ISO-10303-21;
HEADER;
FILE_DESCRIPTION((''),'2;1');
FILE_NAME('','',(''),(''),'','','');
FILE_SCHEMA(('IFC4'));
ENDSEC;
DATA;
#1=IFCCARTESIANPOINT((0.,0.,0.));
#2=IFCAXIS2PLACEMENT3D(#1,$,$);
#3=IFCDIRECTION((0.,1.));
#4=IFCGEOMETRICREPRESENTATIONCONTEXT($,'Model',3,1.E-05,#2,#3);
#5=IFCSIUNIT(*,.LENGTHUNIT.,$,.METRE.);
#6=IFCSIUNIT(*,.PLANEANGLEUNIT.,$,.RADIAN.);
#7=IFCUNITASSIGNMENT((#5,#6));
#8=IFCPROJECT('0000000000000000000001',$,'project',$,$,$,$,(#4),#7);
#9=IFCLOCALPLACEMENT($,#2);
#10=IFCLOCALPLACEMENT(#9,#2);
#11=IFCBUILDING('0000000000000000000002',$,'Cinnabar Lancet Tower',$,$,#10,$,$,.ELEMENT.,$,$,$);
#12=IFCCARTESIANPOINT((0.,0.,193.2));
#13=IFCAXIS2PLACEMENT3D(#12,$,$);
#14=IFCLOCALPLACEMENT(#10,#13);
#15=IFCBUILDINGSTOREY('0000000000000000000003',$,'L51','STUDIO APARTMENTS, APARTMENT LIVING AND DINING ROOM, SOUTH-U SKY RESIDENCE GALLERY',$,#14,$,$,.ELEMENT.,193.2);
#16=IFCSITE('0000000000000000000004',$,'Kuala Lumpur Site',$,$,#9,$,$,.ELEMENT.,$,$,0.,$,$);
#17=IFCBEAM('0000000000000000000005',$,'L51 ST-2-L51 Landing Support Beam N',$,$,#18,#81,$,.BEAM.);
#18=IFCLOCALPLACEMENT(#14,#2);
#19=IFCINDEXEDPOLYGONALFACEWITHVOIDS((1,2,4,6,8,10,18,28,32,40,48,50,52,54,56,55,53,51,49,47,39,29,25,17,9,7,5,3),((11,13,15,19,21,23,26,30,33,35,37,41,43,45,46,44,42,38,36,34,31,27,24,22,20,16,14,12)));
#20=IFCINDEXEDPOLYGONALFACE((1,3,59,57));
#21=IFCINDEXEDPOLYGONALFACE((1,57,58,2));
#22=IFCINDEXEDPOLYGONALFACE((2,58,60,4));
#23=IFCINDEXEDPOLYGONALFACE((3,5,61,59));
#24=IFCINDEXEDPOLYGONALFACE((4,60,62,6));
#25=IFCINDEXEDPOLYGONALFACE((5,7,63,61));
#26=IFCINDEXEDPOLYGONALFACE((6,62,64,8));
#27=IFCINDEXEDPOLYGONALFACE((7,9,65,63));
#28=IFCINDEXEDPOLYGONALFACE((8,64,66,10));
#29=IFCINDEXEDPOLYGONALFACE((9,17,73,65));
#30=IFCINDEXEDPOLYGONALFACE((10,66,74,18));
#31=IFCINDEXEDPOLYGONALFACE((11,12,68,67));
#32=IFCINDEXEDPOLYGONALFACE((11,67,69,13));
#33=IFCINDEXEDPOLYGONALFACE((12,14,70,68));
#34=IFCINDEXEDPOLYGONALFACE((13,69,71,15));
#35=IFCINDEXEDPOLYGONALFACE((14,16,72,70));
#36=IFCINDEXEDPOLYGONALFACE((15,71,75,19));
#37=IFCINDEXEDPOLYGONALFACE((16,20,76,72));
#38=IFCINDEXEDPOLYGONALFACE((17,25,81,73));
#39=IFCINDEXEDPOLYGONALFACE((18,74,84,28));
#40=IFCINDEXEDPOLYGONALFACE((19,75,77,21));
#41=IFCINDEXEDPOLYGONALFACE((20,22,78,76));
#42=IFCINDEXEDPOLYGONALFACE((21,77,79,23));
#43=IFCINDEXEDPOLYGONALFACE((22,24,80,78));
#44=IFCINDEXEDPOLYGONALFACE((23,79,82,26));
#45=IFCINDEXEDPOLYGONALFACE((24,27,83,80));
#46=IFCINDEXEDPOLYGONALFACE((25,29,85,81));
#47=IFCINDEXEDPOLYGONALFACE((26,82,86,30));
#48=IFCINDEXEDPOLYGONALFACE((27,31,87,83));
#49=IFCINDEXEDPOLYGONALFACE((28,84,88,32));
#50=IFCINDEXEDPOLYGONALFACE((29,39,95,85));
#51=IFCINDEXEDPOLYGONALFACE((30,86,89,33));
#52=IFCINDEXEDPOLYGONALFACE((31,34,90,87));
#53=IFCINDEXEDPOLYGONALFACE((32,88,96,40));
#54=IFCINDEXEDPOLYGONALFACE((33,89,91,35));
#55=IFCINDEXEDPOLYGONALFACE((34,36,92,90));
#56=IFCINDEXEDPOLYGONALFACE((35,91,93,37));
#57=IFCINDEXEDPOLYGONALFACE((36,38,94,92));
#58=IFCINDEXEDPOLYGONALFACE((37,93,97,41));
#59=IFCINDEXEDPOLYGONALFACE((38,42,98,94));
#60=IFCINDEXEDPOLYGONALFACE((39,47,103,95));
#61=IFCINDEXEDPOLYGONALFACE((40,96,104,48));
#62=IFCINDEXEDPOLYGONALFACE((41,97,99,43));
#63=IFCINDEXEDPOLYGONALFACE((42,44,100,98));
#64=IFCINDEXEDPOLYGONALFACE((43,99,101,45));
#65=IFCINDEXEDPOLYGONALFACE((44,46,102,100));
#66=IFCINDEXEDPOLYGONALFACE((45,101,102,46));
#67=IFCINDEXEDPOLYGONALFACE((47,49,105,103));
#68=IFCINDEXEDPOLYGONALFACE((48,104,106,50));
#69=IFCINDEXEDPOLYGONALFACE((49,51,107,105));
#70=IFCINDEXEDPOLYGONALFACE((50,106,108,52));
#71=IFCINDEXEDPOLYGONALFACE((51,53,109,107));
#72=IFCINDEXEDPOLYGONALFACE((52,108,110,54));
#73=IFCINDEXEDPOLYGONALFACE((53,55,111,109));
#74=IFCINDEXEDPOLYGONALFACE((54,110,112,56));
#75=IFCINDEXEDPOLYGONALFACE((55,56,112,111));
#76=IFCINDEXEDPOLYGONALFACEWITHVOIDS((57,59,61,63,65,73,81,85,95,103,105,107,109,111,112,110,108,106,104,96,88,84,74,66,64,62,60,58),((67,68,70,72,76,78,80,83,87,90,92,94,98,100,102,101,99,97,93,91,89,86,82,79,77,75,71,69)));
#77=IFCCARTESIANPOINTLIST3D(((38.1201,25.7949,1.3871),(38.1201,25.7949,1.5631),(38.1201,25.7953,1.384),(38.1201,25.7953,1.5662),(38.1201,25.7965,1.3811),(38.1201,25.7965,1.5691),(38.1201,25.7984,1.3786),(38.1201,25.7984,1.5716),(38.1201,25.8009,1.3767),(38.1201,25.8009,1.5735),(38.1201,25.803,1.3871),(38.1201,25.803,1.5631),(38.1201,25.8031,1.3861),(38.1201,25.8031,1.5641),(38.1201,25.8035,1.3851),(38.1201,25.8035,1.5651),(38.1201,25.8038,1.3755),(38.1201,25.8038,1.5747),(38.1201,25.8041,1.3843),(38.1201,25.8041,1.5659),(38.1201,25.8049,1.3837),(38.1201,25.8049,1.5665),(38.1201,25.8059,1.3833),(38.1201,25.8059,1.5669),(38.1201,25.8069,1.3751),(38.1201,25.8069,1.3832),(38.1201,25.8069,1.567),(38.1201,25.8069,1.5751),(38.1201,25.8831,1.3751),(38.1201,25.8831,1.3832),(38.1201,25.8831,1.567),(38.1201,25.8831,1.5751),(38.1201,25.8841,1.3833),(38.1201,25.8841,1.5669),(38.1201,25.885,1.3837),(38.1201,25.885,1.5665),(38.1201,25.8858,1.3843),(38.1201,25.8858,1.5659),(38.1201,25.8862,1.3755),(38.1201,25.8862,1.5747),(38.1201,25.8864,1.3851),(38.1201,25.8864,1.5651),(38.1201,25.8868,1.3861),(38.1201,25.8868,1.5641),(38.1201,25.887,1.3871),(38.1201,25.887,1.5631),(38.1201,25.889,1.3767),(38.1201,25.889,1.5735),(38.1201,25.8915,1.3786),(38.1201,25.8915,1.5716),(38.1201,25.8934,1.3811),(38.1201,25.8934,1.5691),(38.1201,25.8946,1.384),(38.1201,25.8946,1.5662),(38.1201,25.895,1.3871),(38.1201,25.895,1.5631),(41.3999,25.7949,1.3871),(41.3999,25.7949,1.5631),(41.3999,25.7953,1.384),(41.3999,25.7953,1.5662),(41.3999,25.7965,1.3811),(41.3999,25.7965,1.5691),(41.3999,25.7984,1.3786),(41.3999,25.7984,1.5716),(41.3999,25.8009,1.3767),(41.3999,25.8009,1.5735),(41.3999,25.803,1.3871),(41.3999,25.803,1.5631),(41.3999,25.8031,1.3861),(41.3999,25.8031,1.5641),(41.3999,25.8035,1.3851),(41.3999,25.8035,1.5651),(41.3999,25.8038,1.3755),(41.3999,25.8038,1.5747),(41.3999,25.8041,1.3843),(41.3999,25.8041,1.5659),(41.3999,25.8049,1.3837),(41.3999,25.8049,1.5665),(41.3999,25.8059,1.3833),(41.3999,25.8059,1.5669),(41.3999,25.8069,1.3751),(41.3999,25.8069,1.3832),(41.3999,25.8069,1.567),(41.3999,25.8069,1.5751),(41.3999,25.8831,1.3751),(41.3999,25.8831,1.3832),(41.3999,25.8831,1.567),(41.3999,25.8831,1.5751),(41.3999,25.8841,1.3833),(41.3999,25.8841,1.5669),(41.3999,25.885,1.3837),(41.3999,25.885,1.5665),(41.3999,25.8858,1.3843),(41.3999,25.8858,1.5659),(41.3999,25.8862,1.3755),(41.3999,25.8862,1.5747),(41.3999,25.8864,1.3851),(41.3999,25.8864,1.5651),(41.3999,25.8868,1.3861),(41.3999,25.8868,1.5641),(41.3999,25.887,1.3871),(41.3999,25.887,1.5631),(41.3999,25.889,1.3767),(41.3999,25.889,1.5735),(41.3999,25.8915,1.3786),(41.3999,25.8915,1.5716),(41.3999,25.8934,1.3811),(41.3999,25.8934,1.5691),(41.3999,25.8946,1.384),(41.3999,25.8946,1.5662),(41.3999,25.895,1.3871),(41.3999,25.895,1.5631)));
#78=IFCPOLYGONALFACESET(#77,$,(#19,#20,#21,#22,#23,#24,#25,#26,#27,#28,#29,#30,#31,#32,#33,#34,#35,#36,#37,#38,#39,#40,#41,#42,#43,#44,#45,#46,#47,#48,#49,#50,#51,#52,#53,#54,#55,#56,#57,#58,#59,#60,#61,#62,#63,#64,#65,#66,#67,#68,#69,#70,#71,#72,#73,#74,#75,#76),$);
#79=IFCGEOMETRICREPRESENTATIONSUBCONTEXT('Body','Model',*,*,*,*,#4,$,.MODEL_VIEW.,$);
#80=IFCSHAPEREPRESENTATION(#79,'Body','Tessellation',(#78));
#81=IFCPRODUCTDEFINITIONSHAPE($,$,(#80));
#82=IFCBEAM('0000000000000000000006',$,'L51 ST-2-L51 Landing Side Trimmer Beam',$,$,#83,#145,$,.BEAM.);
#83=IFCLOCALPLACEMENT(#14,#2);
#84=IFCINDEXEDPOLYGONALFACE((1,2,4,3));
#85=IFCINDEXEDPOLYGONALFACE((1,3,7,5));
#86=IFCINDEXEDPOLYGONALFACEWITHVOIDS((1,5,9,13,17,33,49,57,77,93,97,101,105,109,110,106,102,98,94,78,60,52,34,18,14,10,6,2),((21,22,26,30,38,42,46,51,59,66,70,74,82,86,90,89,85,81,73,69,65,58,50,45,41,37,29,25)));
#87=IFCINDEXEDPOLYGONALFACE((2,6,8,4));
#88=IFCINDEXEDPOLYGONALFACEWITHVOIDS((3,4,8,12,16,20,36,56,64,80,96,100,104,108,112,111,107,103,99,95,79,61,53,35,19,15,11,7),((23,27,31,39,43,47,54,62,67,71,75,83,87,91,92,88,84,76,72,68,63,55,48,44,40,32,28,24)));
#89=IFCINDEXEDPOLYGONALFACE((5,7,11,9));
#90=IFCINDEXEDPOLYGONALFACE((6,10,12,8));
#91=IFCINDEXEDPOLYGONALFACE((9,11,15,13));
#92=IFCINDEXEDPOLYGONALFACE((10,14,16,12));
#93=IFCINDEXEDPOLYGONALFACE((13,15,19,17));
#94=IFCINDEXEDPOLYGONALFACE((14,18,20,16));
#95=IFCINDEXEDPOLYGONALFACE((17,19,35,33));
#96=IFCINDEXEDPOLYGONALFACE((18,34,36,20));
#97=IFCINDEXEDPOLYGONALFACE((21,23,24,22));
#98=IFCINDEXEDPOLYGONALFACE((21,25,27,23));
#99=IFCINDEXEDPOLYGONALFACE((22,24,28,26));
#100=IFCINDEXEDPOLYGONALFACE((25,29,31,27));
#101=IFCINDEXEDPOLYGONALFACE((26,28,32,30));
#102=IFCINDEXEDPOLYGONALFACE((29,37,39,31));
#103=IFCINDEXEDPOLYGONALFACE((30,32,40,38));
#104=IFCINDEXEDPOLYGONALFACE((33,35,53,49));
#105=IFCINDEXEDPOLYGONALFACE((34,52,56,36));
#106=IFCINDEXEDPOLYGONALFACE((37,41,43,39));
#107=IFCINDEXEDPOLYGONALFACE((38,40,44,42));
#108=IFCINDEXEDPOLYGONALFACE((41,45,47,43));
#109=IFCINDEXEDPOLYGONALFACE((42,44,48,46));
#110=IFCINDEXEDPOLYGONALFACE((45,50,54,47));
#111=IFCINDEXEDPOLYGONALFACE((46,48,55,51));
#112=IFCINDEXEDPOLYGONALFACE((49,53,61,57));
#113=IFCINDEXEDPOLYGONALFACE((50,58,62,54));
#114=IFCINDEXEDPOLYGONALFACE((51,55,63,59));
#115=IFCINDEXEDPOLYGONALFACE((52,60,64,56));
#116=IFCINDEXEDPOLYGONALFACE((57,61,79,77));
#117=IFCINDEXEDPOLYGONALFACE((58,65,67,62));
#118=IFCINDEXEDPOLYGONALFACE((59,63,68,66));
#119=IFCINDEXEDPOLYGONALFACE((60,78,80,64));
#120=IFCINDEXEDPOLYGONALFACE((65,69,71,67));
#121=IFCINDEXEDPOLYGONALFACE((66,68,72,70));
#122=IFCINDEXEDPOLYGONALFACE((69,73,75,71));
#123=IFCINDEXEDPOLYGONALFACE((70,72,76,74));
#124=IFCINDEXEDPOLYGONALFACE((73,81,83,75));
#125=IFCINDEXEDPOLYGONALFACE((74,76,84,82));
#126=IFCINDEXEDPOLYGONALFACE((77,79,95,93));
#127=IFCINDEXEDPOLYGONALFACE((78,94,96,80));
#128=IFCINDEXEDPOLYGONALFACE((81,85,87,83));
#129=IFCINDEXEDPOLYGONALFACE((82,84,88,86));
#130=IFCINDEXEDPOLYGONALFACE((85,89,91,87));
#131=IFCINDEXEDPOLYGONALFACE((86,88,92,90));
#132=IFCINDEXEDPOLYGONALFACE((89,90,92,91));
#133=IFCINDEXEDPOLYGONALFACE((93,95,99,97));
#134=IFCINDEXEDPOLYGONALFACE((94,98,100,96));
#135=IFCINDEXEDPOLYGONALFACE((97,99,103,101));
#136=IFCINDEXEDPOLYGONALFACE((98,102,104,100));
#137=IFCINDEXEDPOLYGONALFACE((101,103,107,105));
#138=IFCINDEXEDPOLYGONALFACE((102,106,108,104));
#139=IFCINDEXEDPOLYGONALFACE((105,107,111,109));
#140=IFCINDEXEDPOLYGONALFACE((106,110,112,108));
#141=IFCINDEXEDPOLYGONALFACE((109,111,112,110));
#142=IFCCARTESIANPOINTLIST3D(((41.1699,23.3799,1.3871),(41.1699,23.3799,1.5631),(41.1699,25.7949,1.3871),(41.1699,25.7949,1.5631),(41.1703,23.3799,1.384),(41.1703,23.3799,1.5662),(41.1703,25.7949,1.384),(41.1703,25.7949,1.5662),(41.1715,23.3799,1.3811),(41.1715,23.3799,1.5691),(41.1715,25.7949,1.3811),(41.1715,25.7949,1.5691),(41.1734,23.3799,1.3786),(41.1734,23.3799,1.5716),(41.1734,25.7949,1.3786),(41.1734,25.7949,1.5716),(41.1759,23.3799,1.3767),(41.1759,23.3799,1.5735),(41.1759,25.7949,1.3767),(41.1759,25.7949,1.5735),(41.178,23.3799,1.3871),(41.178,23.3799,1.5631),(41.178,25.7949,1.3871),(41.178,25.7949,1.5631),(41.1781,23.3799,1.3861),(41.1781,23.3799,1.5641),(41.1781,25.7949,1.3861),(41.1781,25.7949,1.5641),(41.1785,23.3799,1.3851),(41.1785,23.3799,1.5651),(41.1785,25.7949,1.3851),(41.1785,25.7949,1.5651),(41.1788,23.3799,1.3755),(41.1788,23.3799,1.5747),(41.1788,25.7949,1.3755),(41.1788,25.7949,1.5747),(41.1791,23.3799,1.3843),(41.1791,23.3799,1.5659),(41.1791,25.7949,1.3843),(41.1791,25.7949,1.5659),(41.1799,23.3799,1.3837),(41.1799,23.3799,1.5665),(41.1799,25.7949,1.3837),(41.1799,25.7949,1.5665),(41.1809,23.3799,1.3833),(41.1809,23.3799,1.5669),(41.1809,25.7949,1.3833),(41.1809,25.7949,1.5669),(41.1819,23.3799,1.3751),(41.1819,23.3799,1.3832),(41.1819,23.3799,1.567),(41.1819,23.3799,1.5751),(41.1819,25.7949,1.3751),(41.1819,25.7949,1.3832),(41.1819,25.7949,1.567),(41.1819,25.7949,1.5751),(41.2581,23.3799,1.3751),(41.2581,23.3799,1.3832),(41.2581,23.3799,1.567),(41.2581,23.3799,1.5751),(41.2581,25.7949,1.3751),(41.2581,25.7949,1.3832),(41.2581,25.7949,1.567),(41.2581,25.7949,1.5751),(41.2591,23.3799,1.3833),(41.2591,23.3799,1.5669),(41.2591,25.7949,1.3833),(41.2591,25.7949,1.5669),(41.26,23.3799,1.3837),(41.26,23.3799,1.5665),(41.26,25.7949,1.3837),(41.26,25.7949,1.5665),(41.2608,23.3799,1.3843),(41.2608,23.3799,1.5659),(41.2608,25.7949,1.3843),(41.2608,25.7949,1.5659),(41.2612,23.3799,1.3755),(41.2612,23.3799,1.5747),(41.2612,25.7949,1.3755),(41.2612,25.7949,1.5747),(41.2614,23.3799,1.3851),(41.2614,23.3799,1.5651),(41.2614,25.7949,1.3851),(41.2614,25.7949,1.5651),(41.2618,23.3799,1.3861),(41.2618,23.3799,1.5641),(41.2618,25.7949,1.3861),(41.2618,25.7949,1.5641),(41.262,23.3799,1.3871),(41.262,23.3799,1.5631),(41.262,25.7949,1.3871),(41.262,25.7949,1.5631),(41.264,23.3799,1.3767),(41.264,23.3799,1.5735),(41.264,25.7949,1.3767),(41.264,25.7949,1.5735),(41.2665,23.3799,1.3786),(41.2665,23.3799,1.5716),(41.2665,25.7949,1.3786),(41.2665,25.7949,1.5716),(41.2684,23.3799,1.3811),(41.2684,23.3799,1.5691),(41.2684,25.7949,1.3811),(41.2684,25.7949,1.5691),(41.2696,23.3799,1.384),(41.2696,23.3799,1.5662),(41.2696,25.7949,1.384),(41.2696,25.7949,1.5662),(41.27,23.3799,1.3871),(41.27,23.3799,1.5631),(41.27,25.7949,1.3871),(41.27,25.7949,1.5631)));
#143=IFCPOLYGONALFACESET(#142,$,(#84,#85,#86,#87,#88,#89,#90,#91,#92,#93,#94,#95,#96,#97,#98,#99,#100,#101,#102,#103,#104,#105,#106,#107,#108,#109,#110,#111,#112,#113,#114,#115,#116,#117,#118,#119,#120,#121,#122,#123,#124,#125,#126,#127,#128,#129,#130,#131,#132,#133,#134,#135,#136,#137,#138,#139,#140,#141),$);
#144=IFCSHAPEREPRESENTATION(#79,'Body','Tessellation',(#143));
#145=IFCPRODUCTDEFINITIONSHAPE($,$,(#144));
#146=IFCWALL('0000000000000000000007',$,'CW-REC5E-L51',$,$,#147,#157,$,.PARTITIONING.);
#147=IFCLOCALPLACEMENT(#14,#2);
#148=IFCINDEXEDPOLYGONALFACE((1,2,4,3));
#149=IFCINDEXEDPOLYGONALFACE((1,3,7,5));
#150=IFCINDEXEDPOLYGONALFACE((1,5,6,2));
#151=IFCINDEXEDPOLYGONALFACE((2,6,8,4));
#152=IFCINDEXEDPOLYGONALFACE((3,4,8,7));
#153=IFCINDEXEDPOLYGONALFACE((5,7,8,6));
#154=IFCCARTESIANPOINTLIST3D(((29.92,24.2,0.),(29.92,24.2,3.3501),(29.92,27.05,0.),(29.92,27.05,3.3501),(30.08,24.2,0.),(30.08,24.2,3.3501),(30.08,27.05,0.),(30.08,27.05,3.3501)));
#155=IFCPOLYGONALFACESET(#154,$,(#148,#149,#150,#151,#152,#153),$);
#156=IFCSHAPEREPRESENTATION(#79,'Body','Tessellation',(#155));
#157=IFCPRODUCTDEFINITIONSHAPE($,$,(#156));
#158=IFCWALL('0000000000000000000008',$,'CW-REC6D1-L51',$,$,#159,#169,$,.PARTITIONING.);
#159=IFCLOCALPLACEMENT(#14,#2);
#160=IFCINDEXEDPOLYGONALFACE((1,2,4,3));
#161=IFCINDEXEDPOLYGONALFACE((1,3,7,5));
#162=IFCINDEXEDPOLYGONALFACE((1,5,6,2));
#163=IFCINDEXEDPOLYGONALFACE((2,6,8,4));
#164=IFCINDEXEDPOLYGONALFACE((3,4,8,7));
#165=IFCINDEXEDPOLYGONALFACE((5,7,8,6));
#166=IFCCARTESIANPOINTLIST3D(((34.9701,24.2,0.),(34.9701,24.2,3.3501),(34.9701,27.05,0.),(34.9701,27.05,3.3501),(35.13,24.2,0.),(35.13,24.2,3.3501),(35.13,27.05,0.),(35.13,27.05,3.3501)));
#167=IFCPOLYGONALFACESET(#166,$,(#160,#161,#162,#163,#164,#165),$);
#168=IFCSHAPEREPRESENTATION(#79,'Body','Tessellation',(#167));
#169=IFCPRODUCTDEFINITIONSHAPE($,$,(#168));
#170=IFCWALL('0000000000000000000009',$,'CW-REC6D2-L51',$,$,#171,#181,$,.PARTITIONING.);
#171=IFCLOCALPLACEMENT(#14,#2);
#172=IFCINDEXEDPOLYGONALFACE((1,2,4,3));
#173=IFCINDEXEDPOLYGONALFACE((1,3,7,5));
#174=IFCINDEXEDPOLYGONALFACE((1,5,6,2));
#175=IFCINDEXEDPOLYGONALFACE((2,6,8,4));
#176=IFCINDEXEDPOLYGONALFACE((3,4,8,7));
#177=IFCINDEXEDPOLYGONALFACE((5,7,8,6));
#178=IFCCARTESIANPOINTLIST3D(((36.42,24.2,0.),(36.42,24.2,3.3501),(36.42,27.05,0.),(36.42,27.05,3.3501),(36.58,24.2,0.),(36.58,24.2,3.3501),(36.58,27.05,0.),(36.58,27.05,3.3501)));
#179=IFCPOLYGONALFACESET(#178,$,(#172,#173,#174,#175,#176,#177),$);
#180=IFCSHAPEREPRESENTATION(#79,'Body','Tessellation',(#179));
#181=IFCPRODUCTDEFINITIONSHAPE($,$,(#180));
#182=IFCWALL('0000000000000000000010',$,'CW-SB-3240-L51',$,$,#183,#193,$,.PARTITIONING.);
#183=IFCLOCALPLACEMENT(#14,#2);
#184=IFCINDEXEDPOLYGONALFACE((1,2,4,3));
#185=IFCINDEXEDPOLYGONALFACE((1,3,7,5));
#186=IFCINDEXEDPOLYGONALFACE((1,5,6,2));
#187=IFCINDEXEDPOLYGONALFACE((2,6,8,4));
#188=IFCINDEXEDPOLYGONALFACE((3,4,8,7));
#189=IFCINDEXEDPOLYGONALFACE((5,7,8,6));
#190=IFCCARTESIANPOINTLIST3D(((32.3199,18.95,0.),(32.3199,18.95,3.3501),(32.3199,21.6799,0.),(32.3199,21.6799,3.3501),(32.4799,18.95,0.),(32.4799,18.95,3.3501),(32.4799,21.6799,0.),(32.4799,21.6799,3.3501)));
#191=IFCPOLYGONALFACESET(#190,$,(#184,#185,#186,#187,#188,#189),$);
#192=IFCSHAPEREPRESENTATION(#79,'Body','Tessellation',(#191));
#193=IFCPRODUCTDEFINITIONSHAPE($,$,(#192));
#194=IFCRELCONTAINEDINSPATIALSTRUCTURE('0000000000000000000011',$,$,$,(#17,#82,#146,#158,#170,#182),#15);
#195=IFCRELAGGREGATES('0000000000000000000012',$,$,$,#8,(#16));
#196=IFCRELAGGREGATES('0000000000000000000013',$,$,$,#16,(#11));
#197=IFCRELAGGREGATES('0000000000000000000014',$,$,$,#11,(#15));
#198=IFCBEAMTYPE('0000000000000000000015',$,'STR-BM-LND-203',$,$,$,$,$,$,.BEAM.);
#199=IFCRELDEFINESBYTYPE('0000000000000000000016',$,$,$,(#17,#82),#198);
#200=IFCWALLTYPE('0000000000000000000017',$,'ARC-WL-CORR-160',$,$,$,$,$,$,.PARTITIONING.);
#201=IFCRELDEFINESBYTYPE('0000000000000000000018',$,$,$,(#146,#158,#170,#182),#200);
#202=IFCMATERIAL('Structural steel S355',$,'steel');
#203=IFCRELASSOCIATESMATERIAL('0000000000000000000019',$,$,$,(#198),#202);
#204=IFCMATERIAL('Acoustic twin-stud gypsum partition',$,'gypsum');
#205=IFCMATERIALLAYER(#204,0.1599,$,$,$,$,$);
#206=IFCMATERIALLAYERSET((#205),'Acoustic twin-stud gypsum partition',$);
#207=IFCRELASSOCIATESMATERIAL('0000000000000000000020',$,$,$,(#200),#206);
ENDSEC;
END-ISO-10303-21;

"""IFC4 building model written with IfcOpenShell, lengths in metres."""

from ifc_helpers import new_model, si_unit, direction, frame, frame_2d, origin, origin_2d, place, context, subcontext, project, spatial, rectangle, hollow_rectangle, extrude, material, layer, layer_set, material_profile, profile_set, type_object, element, save


model = new_model("IFC4")

# Units and contexts
model_context = context("Model", 3, precision=1e-05, world=origin(), true_north=direction((0.0, 1.0)))
body_context = subcontext(model_context, "Body", "Model", "MODEL_VIEW")
ifc_project = project(units=[si_unit("LENGTHUNIT", "METRE"), si_unit("PLANEANGLEUNIT", "RADIAN")], contexts=[model_context])

# Site, building, storey
site_placement = place(None, origin())
site = spatial("IfcSite", under=ifc_project, at=site_placement, Name="Kuala Lumpur Site", CompositionType="ELEMENT", RefElevation=0.0)
building_placement = place(site_placement, origin())
building = spatial("IfcBuilding", under=site, at=building_placement, Name="Cinnabar Lancet Tower", CompositionType="ELEMENT")
storey_placement = place(building_placement, frame((0.0, 0.0, 193.2)))
storey = spatial("IfcBuildingStorey", under=building, at=storey_placement, Name="L51", Description="STUDIO APARTMENTS, APARTMENT LIVING AND DINING ROOM, SOUTH-U SKY RESIDENCE GALLERY", CompositionType="ELEMENT", Elevation=193.2)

# Beams
ifc_material_1 = material(Name="Structural steel S355", Category="steel")
ifc_material_profile_1 = material_profile(ifc_material_1, hollow_rectangle(XDim=0.1001, YDim=0.2, WallThickness=0.0081, InnerFilletRadius=0.0039, OuterFilletRadius=0.012, at=origin_2d()), Name="RHS 200x100x8")
ifc_profile_set_1 = profile_set([ifc_material_profile_1], Name="Structural steel S355")
beam_type_1 = type_object("IfcBeamType", Name="STR-BM-LND-203", PredefinedType="BEAM", material=ifc_profile_set_1)
for number, where, z_axis, x_axis, name in (
    (1, (38.1201, 25.845, 1.4751), (1.0, 0.0, 0.0), (0.0, 1.0, 0.0), "L51 ST-2-L51 Landing Support Beam N"),
):
    element("IfcBeam", number, at=place(storey_placement, frame(where, z_axis=z_axis, x_axis=x_axis)), inside=storey, type_object=beam_type_1, Name=name, PredefinedType="BEAM", context=body_context, shape_type="SweptSolid", body=[
        extrude(hollow_rectangle(XDim=0.1001, YDim=0.2, WallThickness=0.0081, InnerFilletRadius=0.0039, OuterFilletRadius=0.012, at=origin_2d()), origin(), (0.0, 0.0, 1.0), 3.2798),
    ])
beam_1_placement = place(storey_placement, frame((41.22, 23.3799, 1.4751), z_axis=(0.0, 1.0, 0.0), x_axis=(-1.0, 0.0, 0.0)))
element("IfcBeam", 2, at=beam_1_placement, inside=storey, type_object=beam_type_1, Name="L51 ST-2-L51 Landing Side Trimmer Beam", PredefinedType="BEAM", context=body_context, shape_type="SweptSolid", body=[
    extrude(hollow_rectangle(XDim=0.1001, YDim=0.2, WallThickness=0.0081, InnerFilletRadius=0.0039, OuterFilletRadius=0.012, at=origin_2d()), origin(), (0.0, 0.0, 1.0), 2.415),
])

# Walls
ifc_material_2 = material(Name="Acoustic twin-stud gypsum partition", Category="gypsum")
ifc_layer_1 = layer(ifc_material_2, 0.1599)
ifc_layer_set_1 = layer_set([ifc_layer_1], Name="Acoustic twin-stud gypsum partition")
wall_type_1 = type_object("IfcWallType", Name="ARC-WL-CORR-160", PredefinedType="PARTITIONING", material=ifc_layer_set_1)
for number, where, z_axis, x_axis, name in (
    (3, (30.0, 24.2, 0.0), (0.0, 0.0, 1.0), (0.0, 1.0, 0.0), "CW-REC5E-L51"),
    (4, (35.05, 24.2, 0.0), (0.0, 0.0, 1.0), (0.0, 1.0, 0.0), "CW-REC6D1-L51"),
    (5, (36.5, 24.2, 0.0), (0.0, 0.0, 1.0), (0.0, 1.0, 0.0), "CW-REC6D2-L51"),
):
    element("IfcWall", number, at=place(storey_placement, frame(where, z_axis=z_axis, x_axis=x_axis)), inside=storey, type_object=wall_type_1, Name=name, PredefinedType="PARTITIONING", context=body_context, shape_type="SweptSolid", body=[
        extrude(rectangle(XDim=2.8501, YDim=0.1599, at=frame_2d((1.425, 0.0))), origin(), (0.0, 0.0, 1.0), 3.3501),
    ])
wall_1_placement = place(storey_placement, frame((32.3999, 18.95, 0.0), z_axis=(0.0, 0.0, 1.0), x_axis=(0.0, 1.0, 0.0)))
element("IfcWall", 6, at=wall_1_placement, inside=storey, type_object=wall_type_1, Name="CW-SB-3240-L51", PredefinedType="PARTITIONING", context=body_context, shape_type="SweptSolid", body=[
    extrude(rectangle(XDim=2.73, YDim=0.1599, at=frame_2d((1.365, 0.0))), origin(), (0.0, 0.0, 1.0), 3.3501),
])

save(model, "model.ifc")
